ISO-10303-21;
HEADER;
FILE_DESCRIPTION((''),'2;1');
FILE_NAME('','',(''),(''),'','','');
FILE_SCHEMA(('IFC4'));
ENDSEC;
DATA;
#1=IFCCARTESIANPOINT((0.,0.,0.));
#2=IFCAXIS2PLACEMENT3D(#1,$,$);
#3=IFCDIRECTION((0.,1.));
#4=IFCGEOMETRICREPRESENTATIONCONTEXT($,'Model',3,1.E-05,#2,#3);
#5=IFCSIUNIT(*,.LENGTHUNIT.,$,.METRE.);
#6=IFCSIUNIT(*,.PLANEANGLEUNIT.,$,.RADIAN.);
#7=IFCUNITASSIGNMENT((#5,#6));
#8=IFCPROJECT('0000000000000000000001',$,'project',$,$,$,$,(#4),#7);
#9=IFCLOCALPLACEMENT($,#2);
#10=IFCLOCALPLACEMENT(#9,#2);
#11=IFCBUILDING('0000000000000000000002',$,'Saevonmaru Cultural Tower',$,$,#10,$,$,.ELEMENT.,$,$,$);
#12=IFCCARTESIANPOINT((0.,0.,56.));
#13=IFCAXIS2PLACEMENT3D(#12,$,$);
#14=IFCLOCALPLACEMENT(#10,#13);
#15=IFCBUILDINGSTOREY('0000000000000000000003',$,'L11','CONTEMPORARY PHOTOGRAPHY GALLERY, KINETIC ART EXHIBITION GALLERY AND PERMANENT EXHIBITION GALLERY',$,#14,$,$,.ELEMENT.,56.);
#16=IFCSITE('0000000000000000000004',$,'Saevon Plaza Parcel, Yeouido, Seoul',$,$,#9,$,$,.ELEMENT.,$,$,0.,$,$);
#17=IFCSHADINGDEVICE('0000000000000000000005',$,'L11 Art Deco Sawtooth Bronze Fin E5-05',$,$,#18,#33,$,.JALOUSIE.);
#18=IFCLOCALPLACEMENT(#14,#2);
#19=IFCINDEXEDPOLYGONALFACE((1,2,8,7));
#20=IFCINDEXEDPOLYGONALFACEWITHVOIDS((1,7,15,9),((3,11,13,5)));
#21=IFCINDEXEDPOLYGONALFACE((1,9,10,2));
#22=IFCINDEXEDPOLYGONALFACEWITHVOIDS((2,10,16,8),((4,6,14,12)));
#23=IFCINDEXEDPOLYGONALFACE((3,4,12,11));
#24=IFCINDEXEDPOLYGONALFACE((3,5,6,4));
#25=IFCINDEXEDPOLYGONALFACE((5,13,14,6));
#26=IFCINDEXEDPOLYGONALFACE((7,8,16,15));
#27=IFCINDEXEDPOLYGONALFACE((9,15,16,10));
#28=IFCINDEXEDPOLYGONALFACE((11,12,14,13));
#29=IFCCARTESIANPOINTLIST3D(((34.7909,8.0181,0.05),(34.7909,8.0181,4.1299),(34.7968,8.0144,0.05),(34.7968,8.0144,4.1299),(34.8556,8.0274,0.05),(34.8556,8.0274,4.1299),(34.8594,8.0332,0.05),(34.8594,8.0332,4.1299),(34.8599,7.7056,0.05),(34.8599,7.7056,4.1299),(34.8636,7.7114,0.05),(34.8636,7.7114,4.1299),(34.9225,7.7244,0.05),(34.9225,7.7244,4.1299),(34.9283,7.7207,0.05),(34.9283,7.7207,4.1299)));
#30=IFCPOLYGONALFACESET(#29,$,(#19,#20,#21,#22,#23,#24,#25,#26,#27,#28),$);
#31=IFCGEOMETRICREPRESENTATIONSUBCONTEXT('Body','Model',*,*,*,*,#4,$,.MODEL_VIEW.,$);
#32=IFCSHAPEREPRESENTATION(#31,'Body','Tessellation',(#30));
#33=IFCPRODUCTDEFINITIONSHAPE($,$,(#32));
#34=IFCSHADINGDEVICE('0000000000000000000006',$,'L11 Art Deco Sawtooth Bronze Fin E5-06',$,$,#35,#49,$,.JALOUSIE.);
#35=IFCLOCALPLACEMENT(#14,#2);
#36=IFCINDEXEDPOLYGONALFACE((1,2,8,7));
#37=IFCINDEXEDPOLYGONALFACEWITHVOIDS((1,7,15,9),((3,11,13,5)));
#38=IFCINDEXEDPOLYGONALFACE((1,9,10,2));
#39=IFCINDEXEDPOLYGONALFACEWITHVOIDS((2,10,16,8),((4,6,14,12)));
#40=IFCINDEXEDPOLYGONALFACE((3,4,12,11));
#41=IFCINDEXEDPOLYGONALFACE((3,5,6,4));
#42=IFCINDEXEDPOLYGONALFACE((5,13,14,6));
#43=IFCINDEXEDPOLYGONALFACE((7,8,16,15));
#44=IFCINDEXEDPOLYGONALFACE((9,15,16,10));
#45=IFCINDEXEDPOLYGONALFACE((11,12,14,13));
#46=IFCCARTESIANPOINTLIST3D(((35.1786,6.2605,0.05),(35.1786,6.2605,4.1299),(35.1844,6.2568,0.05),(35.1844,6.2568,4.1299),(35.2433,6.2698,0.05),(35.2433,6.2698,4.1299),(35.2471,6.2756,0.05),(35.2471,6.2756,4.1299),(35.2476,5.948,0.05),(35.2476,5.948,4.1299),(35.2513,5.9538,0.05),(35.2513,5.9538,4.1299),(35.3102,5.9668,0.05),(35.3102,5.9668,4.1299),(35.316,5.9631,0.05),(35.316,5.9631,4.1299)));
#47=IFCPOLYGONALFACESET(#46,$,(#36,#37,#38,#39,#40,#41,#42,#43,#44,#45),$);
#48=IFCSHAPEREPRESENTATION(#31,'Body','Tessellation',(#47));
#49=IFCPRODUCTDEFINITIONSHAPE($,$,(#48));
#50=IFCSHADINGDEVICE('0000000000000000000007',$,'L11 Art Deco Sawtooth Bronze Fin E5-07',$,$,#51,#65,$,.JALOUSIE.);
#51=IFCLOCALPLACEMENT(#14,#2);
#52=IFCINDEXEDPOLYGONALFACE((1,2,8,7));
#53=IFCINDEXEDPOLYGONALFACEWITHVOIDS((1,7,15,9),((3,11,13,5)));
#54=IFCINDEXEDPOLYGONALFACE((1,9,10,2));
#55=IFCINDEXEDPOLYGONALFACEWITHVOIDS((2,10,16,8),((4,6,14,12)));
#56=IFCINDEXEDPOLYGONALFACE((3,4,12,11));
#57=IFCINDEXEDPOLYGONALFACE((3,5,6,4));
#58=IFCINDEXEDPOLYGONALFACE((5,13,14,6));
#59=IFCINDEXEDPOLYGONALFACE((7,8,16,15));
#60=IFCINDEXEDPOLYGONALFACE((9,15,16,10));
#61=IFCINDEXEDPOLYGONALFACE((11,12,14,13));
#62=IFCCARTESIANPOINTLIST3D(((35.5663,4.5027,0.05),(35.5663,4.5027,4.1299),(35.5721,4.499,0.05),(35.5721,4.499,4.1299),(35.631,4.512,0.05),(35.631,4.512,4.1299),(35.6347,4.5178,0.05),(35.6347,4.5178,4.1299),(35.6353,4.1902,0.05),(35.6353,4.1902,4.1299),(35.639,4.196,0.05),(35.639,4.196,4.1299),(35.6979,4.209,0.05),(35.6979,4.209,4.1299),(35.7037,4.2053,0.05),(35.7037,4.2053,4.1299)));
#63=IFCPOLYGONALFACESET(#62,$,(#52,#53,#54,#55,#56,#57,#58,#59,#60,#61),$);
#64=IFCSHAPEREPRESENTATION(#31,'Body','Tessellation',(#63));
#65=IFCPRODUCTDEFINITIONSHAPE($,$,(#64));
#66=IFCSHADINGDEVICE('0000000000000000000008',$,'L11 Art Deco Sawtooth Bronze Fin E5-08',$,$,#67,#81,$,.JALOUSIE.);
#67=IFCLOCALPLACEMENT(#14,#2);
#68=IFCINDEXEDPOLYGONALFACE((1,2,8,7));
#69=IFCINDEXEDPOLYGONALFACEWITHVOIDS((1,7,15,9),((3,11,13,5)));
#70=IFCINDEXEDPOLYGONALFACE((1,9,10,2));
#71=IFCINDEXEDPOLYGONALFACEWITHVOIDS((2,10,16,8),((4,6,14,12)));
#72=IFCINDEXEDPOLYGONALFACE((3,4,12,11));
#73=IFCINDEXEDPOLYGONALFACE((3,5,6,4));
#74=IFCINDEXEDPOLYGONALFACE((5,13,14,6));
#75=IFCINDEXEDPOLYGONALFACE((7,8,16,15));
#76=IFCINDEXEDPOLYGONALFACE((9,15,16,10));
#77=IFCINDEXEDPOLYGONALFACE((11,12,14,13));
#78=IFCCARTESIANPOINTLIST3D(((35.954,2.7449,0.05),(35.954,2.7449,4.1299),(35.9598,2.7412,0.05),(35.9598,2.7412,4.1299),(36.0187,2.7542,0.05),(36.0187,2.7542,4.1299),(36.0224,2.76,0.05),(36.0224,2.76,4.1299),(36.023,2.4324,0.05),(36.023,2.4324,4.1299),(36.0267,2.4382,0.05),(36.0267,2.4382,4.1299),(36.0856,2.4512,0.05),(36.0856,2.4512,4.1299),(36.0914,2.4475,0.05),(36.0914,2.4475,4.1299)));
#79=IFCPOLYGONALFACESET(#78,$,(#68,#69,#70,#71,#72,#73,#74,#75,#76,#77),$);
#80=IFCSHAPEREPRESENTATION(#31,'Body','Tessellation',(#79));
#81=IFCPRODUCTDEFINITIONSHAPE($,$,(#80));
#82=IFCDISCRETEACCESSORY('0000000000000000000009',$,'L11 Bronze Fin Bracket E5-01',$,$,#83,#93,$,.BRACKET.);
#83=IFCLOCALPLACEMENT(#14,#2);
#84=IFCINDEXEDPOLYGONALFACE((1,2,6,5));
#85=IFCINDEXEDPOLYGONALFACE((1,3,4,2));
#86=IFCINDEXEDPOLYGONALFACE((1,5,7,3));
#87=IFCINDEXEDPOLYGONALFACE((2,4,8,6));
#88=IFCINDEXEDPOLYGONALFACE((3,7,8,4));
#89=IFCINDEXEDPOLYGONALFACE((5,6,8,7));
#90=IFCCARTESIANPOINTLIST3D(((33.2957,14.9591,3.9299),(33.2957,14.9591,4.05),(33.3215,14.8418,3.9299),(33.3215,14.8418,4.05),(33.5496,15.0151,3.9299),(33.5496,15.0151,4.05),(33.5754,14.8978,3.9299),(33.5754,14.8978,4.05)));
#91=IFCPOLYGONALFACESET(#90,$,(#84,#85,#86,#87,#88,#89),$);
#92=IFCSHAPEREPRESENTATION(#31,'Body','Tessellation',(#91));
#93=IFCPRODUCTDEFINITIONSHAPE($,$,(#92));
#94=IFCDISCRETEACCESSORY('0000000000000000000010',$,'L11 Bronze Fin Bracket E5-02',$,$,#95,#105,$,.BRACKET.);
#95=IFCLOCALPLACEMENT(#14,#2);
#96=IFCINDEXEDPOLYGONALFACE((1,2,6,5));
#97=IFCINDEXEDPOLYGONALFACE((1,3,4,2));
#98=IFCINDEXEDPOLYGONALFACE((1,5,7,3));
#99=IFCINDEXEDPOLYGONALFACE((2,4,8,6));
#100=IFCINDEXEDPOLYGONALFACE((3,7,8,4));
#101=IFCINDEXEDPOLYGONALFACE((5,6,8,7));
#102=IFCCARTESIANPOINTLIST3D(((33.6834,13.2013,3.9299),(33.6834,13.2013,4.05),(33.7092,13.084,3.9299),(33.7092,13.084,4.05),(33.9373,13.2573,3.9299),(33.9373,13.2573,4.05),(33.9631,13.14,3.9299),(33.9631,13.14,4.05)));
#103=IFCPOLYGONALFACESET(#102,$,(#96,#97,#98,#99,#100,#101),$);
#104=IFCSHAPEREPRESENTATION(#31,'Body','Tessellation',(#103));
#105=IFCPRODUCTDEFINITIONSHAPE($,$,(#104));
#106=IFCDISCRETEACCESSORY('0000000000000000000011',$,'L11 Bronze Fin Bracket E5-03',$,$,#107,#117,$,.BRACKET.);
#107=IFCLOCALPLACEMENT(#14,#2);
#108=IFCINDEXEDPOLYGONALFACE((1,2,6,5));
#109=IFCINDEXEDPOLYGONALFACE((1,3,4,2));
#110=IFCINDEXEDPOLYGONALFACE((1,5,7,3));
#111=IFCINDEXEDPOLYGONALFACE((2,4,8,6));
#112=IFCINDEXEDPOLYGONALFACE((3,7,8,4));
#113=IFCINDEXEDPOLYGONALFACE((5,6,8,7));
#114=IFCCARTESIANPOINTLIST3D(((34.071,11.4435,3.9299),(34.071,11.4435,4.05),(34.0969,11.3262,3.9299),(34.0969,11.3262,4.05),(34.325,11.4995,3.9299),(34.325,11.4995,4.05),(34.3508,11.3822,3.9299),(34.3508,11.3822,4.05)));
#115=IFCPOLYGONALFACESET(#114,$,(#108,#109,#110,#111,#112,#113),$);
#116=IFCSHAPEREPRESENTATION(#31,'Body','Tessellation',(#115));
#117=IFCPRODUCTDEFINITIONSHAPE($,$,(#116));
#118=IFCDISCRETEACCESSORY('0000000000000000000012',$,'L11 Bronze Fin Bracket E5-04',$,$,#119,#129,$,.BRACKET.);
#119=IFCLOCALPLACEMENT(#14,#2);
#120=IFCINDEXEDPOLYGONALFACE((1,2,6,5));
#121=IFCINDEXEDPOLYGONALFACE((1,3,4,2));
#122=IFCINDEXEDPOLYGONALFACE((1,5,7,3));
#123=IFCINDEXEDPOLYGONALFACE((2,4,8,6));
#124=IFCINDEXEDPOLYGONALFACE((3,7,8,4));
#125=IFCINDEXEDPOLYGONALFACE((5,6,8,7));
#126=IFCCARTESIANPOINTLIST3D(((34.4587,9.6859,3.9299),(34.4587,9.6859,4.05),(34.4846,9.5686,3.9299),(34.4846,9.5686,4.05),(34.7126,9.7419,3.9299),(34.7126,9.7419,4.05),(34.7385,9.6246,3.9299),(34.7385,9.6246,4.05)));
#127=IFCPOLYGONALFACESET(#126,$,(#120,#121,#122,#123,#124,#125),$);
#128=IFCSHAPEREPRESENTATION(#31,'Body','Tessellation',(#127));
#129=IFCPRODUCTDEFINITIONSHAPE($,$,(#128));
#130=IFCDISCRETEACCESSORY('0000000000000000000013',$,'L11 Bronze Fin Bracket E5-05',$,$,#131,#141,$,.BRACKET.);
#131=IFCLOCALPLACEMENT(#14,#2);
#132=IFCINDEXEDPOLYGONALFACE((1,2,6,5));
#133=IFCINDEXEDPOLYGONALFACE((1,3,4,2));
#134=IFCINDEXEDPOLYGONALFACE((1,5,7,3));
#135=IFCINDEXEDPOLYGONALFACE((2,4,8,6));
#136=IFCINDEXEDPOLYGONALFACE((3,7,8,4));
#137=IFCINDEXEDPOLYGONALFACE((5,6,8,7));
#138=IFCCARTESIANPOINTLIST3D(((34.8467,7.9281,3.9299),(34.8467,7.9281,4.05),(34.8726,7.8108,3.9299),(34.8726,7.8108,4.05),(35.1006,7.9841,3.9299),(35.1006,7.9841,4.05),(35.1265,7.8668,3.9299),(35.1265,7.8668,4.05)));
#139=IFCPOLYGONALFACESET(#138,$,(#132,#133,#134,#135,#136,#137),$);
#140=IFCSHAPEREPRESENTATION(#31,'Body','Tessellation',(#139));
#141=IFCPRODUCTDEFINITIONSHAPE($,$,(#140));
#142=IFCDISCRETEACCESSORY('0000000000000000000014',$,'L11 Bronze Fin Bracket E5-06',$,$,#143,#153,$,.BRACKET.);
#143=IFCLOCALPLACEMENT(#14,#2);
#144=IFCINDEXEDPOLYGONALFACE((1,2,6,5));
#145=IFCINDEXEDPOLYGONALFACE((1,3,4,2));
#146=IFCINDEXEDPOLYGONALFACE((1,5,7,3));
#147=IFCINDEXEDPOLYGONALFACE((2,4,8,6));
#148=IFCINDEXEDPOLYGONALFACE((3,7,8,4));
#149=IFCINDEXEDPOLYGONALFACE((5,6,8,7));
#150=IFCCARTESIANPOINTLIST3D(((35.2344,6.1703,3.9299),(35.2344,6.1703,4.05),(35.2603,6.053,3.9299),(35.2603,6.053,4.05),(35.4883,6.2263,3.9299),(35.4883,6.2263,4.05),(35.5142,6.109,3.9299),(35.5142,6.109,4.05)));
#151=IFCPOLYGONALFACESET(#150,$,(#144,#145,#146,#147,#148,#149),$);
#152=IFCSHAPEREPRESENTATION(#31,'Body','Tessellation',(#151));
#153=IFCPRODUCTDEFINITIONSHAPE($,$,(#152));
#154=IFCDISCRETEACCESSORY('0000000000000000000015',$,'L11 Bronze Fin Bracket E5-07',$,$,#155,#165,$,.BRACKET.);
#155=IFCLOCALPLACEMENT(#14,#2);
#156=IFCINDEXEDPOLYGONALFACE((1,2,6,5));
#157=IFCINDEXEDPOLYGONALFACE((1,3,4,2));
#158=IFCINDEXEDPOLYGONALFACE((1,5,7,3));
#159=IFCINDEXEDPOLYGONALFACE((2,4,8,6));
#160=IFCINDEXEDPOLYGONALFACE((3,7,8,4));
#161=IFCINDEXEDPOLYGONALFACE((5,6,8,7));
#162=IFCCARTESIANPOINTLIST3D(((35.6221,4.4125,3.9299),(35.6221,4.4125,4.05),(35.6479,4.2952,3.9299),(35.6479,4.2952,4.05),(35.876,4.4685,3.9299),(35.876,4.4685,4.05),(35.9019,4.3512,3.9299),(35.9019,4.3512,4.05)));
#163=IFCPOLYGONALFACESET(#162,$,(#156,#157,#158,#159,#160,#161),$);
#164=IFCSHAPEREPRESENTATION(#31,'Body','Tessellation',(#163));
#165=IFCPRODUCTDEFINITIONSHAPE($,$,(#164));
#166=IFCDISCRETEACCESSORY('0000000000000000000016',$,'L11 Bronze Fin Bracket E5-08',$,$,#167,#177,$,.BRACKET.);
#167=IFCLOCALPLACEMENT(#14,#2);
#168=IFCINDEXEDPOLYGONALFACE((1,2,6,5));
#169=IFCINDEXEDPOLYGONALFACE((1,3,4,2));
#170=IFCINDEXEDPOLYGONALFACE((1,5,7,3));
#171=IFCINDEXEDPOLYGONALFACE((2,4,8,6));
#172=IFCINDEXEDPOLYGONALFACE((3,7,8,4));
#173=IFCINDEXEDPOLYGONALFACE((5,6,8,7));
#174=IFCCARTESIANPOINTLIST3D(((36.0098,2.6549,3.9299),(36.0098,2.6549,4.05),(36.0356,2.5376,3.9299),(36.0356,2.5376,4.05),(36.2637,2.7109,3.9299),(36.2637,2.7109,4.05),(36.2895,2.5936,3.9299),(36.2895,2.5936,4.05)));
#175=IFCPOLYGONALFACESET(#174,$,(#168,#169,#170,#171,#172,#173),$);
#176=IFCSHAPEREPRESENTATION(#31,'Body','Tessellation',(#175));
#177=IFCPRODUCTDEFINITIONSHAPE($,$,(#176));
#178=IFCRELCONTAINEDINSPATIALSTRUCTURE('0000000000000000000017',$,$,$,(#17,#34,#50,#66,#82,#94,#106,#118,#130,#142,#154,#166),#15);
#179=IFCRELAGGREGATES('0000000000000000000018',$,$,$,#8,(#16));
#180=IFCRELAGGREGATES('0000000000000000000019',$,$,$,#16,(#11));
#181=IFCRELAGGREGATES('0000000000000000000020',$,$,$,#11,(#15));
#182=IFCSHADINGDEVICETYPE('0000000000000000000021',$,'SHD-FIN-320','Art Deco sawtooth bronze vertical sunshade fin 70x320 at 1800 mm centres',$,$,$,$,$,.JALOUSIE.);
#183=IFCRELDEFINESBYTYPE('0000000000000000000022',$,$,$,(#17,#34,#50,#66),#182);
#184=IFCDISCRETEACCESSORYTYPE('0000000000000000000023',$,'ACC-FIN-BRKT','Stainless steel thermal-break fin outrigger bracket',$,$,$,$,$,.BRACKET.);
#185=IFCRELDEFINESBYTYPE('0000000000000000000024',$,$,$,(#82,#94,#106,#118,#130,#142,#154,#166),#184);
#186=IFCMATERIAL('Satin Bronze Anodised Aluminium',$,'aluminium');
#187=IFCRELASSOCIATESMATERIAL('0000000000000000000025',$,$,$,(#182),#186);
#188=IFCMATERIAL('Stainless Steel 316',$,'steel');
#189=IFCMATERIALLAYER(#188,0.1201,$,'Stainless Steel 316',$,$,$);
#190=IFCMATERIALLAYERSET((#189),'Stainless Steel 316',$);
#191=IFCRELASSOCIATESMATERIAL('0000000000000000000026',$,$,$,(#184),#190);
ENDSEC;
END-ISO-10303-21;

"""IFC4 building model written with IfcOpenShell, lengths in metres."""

from ifc_helpers import new_model, si_unit, direction, frame, origin, origin_2d, place, context, subcontext, project, spatial, rectangle, hollow_rectangle, extrude, material, layer, layer_set, material_profile, profile_set, type_object, element, save


model = new_model("IFC4")

# Units and contexts
model_context = context("Model", 3, precision=1e-05, world=origin(), true_north=direction((0.0, 1.0)))
body_context = subcontext(model_context, "Body", "Model", "MODEL_VIEW")
ifc_project = project(units=[si_unit("LENGTHUNIT", "METRE"), si_unit("PLANEANGLEUNIT", "RADIAN")], contexts=[model_context])

# Site, building, storey
site_placement = place(None, origin())
site = spatial("IfcSite", under=ifc_project, at=site_placement, Name="Saevon Plaza Parcel, Yeouido, Seoul", CompositionType="ELEMENT", RefElevation=0.0)
building_placement = place(site_placement, origin())
building = spatial("IfcBuilding", under=site, at=building_placement, Name="Saevonmaru Cultural Tower", CompositionType="ELEMENT")
storey_placement = place(building_placement, frame((0.0, 0.0, 56.0)))
storey = spatial("IfcBuildingStorey", under=building, at=storey_placement, Name="L11", Description="CONTEMPORARY PHOTOGRAPHY GALLERY, KINETIC ART EXHIBITION GALLERY AND PERMANENT EXHIBITION GALLERY", CompositionType="ELEMENT", Elevation=56.0)

# Shared definitions
ifc_material_1 = material(Name="Satin Bronze Anodised Aluminium", Category="aluminium")

# Shading devices
ifc_material_profile_1 = material_profile(ifc_material_1, hollow_rectangle(XDim=0.0701, YDim=0.3201, WallThickness=0.0049, at=origin_2d()), Name="FIN-320x70")
ifc_profile_set_1 = profile_set([ifc_material_profile_1], Name="Satin Bronze Anodised Aluminium")
shading_device_type = type_object("IfcShadingDeviceType", Name="SHD-FIN-320", Description="Art Deco sawtooth bronze vertical sunshade fin 70x320 at 1800 mm centres", PredefinedType="JALOUSIE", material=ifc_profile_set_1)
for number, where, z_axis, x_axis, name in (
    (1, (34.8596, 7.8694, 0.05), (0.0, 0.0, 1.0), (-0.976522, -0.215417, 0.0), "L11 Art Deco Sawtooth Bronze Fin E5-05"),
    (2, (35.2473, 6.1118, 0.05), (0.0, 0.0, 1.0), (-0.976522, -0.215417, 0.0), "L11 Art Deco Sawtooth Bronze Fin E5-06"),
    (3, (35.635, 4.354, 0.05), (0.0, 0.0, 1.0), (-0.976522, -0.215417, 0.0), "L11 Art Deco Sawtooth Bronze Fin E5-07"),
    (4, (36.0227, 2.5962, 0.05), (0.0, 0.0, 1.0), (-0.976522, -0.215417, 0.0), "L11 Art Deco Sawtooth Bronze Fin E5-08"),
):
    element("IfcShadingDevice", number, at=place(storey_placement, frame(where, z_axis=z_axis, x_axis=x_axis)), inside=storey, type_object=shading_device_type, Name=name, PredefinedType="JALOUSIE", context=body_context, shape_type="SweptSolid", body=[
        extrude(hollow_rectangle(XDim=0.0701, YDim=0.3201, WallThickness=0.0049, at=origin_2d()), origin(), (0.0, 0.0, 1.0), 4.0798),
    ])

# Discrete accessories
ifc_material_2 = material(Name="Stainless Steel 316", Category="steel")
ifc_layer_1 = layer(ifc_material_2, 0.1201, Name="Stainless Steel 316")
ifc_layer_set_1 = layer_set([ifc_layer_1], Name="Stainless Steel 316")
discrete_accessory_type = type_object("IfcDiscreteAccessoryType", Name="ACC-FIN-BRKT", Description="Stainless steel thermal-break fin outrigger bracket", PredefinedType="BRACKET", material=ifc_layer_set_1)
for number, where, z_axis, x_axis, name in (
    (5, (33.4355, 14.9285, 3.9299), (0.0, 0.0, 1.0), (-0.976522, -0.215417, 0.0), "L11 Bronze Fin Bracket E5-01"),
    (6, (33.8232, 13.1707, 3.9299), (0.0, 0.0, 1.0), (-0.976522, -0.215417, 0.0), "L11 Bronze Fin Bracket E5-02"),
    (7, (34.2109, 11.4128, 3.9299), (0.0, 0.0, 1.0), (-0.976522, -0.215417, 0.0), "L11 Bronze Fin Bracket E5-03"),
    (8, (34.5986, 9.6553, 3.9299), (0.0, 0.0, 1.0), (-0.976522, -0.215417, 0.0), "L11 Bronze Fin Bracket E5-04"),
    (9, (34.9866, 7.8975, 3.9299), (0.0, 0.0, 1.0), (-0.976522, -0.215417, 0.0), "L11 Bronze Fin Bracket E5-05"),
    (10, (35.3743, 6.1396, 3.9299), (0.0, 0.0, 1.0), (-0.976522, -0.215417, 0.0), "L11 Bronze Fin Bracket E5-06"),
    (11, (35.762, 4.3818, 3.9299), (0.0, 0.0, 1.0), (-0.976522, -0.215417, 0.0), "L11 Bronze Fin Bracket E5-07"),
    (12, (36.1497, 2.6243, 3.9299), (0.0, 0.0, 1.0), (-0.976522, -0.215417, 0.0), "L11 Bronze Fin Bracket E5-08"),
):
    element("IfcDiscreteAccessory", number, at=place(storey_placement, frame(where, z_axis=z_axis, x_axis=x_axis)), inside=storey, type_object=discrete_accessory_type, Name=name, PredefinedType="BRACKET", context=body_context, shape_type="SweptSolid", body=[
        extrude(rectangle(XDim=0.26, YDim=0.1201, at=origin_2d()), origin(), (0.0, 0.0, 1.0), 0.1201),
    ])

save(model, "model.ifc")
